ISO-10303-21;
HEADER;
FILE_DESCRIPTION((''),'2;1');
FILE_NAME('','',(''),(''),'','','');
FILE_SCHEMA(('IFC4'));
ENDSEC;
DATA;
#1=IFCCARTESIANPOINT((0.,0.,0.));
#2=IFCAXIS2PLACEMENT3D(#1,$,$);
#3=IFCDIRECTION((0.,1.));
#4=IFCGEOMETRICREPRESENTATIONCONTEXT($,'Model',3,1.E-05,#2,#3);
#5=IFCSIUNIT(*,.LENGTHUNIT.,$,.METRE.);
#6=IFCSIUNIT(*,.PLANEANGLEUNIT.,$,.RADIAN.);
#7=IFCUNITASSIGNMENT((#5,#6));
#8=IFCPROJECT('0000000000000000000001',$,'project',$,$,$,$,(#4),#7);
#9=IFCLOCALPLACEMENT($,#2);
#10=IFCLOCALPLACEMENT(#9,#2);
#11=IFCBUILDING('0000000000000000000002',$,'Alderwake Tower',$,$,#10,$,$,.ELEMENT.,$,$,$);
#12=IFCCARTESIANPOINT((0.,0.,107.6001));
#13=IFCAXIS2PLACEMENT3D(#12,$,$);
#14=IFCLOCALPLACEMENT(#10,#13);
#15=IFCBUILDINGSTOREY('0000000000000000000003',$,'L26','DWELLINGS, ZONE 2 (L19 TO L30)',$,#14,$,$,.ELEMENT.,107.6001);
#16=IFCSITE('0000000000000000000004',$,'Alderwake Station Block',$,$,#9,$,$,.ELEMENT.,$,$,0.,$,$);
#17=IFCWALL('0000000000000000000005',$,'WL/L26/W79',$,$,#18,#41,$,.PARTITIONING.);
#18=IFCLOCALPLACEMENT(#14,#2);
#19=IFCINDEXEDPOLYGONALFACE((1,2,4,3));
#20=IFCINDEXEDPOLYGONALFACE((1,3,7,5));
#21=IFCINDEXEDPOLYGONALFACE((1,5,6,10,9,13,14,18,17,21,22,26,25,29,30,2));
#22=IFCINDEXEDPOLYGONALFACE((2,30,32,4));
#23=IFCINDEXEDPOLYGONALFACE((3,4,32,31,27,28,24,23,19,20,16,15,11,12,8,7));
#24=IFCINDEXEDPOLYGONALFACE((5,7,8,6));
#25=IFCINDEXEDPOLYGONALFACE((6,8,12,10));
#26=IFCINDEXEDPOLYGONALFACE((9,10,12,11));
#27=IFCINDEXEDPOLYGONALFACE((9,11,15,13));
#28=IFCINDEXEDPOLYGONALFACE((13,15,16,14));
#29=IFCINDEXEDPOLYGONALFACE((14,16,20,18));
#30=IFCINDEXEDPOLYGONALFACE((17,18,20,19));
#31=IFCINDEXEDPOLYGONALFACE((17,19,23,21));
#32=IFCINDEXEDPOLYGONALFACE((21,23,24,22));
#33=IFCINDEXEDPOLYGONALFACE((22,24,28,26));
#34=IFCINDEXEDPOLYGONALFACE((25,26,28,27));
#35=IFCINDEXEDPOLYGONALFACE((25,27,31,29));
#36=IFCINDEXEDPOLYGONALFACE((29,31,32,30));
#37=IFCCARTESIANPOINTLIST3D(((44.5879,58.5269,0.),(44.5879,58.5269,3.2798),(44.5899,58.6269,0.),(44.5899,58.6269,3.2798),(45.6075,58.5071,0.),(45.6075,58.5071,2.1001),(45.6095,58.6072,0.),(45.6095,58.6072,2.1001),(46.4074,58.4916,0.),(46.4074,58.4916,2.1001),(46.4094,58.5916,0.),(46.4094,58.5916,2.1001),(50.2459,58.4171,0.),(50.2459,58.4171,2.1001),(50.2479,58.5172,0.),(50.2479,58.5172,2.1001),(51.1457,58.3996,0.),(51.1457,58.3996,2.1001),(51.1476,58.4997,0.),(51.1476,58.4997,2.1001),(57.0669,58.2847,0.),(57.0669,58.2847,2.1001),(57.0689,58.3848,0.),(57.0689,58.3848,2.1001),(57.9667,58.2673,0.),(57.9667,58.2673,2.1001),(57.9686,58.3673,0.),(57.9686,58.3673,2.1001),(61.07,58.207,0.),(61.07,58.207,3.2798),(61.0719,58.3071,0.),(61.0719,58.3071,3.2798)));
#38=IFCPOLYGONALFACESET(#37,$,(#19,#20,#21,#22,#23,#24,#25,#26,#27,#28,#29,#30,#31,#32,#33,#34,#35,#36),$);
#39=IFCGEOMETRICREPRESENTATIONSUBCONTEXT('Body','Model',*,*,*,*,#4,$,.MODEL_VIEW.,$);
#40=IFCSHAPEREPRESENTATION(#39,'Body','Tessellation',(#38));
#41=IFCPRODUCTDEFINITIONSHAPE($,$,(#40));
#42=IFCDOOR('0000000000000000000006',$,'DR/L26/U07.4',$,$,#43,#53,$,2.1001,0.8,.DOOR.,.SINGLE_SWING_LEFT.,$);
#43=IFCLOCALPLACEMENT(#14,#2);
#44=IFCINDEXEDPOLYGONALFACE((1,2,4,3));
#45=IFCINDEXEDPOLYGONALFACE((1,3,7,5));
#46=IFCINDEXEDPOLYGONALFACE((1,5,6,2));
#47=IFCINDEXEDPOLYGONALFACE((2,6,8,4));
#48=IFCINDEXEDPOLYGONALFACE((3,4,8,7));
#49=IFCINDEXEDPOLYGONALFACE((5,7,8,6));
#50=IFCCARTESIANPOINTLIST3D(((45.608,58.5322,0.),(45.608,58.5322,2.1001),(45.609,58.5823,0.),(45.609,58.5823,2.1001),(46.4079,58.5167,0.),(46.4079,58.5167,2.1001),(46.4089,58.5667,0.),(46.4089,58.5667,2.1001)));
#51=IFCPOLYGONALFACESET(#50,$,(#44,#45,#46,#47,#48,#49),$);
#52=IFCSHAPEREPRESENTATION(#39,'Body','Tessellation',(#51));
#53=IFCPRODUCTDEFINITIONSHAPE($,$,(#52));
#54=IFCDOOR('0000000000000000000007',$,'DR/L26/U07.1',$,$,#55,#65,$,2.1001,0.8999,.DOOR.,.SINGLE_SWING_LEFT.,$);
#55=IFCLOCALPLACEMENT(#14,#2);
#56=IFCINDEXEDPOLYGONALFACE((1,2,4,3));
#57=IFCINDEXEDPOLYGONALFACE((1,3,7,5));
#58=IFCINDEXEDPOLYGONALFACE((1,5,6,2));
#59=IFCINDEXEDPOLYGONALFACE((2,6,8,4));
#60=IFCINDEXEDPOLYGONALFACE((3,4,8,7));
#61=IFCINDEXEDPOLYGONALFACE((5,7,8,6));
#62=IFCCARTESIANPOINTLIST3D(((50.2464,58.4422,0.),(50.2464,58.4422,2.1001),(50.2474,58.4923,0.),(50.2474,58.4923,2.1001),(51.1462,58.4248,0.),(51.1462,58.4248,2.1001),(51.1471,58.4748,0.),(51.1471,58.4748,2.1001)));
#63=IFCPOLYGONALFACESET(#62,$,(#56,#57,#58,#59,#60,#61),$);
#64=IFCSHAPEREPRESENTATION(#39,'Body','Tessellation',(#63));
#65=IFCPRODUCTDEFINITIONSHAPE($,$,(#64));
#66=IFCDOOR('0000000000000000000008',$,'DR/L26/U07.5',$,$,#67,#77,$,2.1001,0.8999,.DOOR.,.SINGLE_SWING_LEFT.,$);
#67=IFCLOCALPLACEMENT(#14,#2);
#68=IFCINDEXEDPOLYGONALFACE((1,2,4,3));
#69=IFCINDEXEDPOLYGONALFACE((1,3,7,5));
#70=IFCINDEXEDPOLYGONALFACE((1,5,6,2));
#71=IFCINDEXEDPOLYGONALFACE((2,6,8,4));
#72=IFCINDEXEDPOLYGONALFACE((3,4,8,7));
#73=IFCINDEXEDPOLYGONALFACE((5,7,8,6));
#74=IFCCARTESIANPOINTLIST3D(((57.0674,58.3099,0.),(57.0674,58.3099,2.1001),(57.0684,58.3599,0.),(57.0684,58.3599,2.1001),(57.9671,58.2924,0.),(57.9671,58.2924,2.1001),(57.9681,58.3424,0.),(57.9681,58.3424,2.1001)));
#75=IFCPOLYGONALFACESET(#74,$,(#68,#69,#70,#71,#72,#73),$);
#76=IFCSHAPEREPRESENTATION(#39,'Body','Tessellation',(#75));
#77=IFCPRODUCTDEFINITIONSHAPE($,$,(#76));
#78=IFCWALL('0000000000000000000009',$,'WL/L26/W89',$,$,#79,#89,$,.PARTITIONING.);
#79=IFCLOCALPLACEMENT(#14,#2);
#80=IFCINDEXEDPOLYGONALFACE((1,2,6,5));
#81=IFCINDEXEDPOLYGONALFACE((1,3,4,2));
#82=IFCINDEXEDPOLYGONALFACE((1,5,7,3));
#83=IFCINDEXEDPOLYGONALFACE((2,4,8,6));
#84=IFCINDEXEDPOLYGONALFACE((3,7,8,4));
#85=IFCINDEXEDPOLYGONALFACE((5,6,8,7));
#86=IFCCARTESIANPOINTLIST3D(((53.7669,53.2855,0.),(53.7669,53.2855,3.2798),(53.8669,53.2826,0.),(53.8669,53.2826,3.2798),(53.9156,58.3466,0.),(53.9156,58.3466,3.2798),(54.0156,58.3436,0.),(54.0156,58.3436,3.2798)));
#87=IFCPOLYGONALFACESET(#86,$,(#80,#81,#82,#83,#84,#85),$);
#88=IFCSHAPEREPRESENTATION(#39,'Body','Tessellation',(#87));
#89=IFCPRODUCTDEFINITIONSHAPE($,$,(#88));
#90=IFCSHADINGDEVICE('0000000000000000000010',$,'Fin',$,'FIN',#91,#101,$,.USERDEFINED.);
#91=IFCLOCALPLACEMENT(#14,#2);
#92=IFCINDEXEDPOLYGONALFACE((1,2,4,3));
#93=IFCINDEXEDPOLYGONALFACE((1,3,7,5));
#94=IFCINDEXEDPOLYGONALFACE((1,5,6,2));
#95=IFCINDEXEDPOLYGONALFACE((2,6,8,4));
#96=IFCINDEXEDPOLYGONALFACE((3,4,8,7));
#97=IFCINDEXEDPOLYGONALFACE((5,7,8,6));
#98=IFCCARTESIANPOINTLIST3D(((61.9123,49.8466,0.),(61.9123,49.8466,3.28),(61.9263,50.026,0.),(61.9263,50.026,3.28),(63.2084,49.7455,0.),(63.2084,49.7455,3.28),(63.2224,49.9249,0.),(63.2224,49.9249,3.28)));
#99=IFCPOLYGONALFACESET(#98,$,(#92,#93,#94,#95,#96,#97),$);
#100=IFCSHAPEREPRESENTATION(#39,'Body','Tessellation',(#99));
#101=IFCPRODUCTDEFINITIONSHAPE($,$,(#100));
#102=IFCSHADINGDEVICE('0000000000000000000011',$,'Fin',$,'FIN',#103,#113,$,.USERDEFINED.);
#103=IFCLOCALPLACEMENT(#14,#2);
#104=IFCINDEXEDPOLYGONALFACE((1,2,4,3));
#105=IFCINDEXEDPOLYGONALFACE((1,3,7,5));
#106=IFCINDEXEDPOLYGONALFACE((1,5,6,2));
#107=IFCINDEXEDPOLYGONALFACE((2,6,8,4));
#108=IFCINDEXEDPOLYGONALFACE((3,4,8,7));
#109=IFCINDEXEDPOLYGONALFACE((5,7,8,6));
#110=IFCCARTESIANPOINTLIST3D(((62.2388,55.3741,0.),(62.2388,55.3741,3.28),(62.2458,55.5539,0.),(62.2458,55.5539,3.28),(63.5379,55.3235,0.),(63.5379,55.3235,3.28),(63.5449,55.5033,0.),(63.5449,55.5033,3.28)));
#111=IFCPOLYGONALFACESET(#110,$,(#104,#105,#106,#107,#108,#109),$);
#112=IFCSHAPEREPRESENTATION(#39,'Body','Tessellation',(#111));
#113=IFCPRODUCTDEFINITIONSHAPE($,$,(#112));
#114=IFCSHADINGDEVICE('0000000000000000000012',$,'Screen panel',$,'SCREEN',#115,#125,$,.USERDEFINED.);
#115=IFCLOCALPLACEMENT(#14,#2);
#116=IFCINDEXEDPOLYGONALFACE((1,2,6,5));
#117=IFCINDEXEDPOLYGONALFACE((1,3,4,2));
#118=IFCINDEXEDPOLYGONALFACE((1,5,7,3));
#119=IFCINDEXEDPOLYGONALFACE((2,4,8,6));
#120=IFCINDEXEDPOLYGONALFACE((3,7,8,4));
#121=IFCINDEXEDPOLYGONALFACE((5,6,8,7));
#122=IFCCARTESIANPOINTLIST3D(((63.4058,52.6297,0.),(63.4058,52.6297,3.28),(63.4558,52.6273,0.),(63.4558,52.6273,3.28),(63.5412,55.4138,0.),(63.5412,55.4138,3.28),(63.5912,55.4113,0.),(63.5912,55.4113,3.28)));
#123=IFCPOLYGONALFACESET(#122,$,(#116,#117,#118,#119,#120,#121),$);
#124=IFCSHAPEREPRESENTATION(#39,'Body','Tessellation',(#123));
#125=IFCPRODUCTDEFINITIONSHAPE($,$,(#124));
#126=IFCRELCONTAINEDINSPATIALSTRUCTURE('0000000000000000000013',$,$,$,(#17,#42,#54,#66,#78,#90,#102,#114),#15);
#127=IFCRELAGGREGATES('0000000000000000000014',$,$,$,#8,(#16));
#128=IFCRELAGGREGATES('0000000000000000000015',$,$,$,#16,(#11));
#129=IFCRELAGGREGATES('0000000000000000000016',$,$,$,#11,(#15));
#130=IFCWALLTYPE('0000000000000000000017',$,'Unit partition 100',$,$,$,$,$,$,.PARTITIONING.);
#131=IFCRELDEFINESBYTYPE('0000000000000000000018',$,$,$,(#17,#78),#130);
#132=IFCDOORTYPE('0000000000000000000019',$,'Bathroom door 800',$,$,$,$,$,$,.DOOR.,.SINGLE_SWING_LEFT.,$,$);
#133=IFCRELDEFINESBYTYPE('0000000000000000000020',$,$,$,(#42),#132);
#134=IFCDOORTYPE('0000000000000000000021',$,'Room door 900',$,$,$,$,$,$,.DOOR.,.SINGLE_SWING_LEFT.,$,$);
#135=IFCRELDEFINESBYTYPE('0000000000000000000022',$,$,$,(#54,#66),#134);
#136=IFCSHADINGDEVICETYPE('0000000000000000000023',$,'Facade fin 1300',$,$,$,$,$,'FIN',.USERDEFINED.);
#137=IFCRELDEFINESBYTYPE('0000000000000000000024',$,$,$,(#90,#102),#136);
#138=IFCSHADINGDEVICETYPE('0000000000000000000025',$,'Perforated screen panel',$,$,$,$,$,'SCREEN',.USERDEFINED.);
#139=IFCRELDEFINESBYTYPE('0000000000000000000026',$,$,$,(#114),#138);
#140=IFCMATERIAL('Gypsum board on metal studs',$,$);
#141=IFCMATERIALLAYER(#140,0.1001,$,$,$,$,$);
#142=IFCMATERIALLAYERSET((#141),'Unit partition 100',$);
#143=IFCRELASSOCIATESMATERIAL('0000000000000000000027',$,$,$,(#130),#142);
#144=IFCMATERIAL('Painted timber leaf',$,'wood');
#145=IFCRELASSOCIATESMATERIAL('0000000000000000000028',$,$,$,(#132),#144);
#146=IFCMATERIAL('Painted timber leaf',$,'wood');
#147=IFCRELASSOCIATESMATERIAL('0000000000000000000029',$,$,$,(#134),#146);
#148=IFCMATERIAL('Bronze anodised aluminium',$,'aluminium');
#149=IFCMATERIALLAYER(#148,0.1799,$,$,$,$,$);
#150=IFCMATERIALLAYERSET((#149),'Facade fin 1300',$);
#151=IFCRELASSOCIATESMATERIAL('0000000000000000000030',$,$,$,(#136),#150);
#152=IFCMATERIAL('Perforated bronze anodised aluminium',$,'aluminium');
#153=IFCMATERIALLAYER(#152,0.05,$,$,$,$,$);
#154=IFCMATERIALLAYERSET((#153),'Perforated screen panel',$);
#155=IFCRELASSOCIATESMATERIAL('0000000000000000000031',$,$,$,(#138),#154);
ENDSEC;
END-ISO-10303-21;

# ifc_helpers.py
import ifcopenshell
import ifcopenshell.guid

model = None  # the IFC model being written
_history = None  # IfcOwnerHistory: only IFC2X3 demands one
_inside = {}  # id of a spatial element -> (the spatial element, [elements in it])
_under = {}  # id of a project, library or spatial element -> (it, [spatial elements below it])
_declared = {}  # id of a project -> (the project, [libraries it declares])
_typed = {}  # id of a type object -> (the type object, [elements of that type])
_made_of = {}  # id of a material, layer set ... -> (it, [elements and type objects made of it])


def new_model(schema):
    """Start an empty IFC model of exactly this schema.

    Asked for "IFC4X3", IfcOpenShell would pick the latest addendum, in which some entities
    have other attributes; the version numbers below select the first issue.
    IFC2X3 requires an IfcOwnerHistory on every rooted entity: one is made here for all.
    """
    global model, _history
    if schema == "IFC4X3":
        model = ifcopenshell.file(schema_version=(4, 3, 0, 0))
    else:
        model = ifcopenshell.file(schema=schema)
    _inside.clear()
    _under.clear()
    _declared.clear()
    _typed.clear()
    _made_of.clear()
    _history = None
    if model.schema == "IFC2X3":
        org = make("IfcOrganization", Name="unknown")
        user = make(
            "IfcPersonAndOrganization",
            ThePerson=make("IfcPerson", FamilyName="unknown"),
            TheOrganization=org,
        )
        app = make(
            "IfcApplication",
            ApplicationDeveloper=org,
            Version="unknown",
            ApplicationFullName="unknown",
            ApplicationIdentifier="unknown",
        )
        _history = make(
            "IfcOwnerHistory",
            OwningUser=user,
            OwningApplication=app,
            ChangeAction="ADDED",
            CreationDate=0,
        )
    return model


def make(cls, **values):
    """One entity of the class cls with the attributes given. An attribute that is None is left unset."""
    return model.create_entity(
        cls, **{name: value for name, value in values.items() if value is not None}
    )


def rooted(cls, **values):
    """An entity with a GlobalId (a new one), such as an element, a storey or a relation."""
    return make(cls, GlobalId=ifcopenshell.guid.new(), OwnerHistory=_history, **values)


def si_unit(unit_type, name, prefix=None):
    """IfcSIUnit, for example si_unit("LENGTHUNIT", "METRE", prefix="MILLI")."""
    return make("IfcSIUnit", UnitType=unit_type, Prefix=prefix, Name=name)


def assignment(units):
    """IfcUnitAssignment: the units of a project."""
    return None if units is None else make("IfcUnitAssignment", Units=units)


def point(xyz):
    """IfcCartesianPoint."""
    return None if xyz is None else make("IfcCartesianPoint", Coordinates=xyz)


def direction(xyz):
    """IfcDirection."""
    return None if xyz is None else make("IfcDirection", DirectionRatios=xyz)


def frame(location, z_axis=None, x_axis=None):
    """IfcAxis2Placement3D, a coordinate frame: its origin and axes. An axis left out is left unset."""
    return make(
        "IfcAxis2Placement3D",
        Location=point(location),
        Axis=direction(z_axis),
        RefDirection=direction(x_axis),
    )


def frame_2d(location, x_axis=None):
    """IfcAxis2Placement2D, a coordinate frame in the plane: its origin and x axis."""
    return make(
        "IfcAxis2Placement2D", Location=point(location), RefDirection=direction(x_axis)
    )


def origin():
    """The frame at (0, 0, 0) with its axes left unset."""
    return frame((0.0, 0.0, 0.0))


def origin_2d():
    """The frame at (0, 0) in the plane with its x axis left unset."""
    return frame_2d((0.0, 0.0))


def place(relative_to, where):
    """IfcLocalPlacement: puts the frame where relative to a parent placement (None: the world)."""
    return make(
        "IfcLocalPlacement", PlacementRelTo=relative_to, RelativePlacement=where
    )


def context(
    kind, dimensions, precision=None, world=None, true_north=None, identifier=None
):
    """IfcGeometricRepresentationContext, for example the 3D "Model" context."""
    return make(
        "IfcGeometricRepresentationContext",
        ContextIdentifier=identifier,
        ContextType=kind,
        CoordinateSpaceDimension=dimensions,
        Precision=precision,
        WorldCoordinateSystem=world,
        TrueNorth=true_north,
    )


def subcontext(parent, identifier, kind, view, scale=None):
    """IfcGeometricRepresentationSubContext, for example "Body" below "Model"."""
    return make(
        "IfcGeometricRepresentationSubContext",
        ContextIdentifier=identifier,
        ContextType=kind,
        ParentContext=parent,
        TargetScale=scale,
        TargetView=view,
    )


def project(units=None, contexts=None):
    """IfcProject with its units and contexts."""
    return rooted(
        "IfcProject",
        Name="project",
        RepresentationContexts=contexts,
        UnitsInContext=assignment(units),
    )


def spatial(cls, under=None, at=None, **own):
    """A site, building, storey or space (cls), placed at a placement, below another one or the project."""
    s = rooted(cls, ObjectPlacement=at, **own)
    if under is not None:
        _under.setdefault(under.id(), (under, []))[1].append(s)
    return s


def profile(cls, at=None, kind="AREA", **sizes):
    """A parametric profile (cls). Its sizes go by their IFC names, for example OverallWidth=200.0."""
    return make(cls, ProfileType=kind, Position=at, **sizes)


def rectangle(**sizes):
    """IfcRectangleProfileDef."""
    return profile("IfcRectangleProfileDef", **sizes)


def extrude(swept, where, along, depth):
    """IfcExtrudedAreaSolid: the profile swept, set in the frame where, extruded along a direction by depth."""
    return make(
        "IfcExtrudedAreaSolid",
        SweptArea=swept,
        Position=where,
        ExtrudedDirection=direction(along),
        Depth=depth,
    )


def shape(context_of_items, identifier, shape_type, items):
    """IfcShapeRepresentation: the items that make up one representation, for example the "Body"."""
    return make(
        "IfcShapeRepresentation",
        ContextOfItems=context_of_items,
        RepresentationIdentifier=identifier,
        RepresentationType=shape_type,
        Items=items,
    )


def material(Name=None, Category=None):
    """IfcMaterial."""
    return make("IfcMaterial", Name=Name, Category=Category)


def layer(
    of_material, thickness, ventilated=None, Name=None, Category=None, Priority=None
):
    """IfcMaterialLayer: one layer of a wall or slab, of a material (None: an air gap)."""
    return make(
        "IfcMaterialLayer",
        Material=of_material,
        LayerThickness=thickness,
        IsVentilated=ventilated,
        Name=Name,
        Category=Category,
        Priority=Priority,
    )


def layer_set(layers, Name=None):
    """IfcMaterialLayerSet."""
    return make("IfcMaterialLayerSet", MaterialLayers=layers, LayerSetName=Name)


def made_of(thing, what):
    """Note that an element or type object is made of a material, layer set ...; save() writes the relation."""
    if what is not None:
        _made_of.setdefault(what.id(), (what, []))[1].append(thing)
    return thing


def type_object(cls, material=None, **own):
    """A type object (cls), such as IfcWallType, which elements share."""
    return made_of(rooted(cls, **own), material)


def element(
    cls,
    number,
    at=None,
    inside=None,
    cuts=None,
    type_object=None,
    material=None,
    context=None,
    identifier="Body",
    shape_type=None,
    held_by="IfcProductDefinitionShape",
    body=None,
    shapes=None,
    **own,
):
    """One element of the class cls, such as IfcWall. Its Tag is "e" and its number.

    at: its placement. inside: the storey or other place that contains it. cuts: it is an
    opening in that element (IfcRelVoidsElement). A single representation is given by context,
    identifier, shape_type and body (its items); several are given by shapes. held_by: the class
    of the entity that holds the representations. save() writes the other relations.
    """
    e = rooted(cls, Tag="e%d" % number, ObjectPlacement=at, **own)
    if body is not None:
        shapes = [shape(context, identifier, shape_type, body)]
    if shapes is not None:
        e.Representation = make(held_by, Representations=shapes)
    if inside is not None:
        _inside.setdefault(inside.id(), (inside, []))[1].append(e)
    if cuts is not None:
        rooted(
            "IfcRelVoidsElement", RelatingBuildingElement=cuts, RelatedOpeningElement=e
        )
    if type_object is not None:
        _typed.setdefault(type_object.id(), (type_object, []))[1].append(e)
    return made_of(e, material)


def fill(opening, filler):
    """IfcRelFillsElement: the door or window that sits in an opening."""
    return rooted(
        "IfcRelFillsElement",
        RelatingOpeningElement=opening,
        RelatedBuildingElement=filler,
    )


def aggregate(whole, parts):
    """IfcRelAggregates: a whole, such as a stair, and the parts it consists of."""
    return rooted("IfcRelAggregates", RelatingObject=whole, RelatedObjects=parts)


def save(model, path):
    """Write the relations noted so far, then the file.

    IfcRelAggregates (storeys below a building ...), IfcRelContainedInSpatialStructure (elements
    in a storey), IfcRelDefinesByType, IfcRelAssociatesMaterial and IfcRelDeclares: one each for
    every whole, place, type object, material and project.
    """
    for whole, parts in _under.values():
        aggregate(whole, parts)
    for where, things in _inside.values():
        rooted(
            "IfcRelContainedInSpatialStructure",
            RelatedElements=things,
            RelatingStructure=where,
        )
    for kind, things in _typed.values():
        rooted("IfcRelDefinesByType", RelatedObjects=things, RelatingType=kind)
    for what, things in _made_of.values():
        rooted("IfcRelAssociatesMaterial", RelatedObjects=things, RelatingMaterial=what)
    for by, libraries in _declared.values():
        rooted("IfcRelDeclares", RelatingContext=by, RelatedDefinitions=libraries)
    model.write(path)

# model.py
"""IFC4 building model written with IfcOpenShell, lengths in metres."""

from ifc_helpers import new_model, si_unit, direction, frame, frame_2d, origin, origin_2d, place, context, subcontext, project, spatial, rectangle, extrude, material, layer, layer_set, type_object, element, fill, save


model = new_model("IFC4")

# Units and contexts
model_context = context("Model", 3, precision=1e-05, world=origin(), true_north=direction((0.0, 1.0)))
body_context = subcontext(model_context, "Body", "Model", "MODEL_VIEW")
ifc_project = project(units=[si_unit("LENGTHUNIT", "METRE"), si_unit("PLANEANGLEUNIT", "RADIAN")], contexts=[model_context])

# Site, building, storey
site_placement = place(None, origin())
site = spatial("IfcSite", under=ifc_project, at=site_placement, Name="Alderwake Station Block", CompositionType="ELEMENT", RefElevation=0.0)
building_placement = place(site_placement, origin())
building = spatial("IfcBuilding", under=site, at=building_placement, Name="Alderwake Tower", CompositionType="ELEMENT")
storey_placement = place(building_placement, frame((0.0, 0.0, 107.6001)))
storey = spatial("IfcBuildingStorey", under=building, at=storey_placement, Name="L26", Description="DWELLINGS, ZONE 2 (L19 TO L30)", CompositionType="ELEMENT", Elevation=107.6001)

# Wall, openings, doors
ifc_material_1 = material(Name="Gypsum board on metal studs")
ifc_layer_1 = layer(ifc_material_1, 0.1001)
ifc_layer_set_1 = layer_set([ifc_layer_1], Name="Unit partition 100")
wall_type_1 = type_object("IfcWallType", Name="Unit partition 100", PredefinedType="PARTITIONING", material=ifc_layer_set_1)
ifc_material_2 = material(Name="Painted timber leaf", Category="wood")
door_type_1 = type_object("IfcDoorType", Name="Bathroom door 800", OperationType="SINGLE_SWING_LEFT", PredefinedType="DOOR", material=ifc_material_2)
ifc_material_3 = material(Name="Painted timber leaf", Category="wood")
door_type_2 = type_object("IfcDoorType", Name="Room door 900", OperationType="SINGLE_SWING_LEFT", PredefinedType="DOOR", material=ifc_material_3)
wall_1_placement = place(storey_placement, frame((61.071, 58.2571, 0.0), z_axis=(0.0, 0.0, 1.0), x_axis=(-0.999812, 0.019401, 0.0)))
wall_1 = element("IfcWall", 1, at=wall_1_placement, inside=storey, type_object=wall_type_1, Name="WL/L26/W79", PredefinedType="PARTITIONING", context=body_context, shape_type="SweptSolid", body=[
    extrude(rectangle(XDim=16.4851, YDim=0.1001, at=frame_2d((8.2427, 0.0))), origin(), (0.0, 0.0, 1.0), 3.2798),
])
opening_1_placement = place(wall_1_placement, frame((9.9263, 0.0, 0.0)))
opening_1 = element("IfcOpeningElement", 2, at=opening_1_placement, cuts=wall_1, PredefinedType="OPENING", context=body_context, shape_type="SweptSolid", body=[
    extrude(rectangle(XDim=0.8999, YDim=2.1001, at=frame_2d((0.45, 1.05))), frame((0.0, 0.0601, 0.0), z_axis=(0.0, -1.0, 0.0), x_axis=(1.0, 0.0, 0.0)), (0.0, 0.0, 1.0), 0.1201),
])
opening_2_placement = place(wall_1_placement, frame((14.6655, 0.0, 0.0)))
opening_2 = element("IfcOpeningElement", 3, at=opening_2_placement, cuts=wall_1, PredefinedType="OPENING", context=body_context, shape_type="SweptSolid", body=[
    extrude(rectangle(XDim=0.8, YDim=2.1001, at=frame_2d((0.3999, 1.05))), frame((0.0, 0.0601, 0.0), z_axis=(0.0, -1.0, 0.0), x_axis=(1.0, 0.0, 0.0)), (0.0, 0.0, 1.0), 0.1201),
])
opening_3_placement = place(wall_1_placement, frame((3.104, 0.0, 0.0)))
opening_3 = element("IfcOpeningElement", 4, at=opening_3_placement, cuts=wall_1, PredefinedType="OPENING", context=body_context, shape_type="SweptSolid", body=[
    extrude(rectangle(XDim=0.8999, YDim=2.1001, at=frame_2d((0.45, 1.05))), frame((0.0, 0.0601, 0.0), z_axis=(0.0, -1.0, 0.0), x_axis=(1.0, 0.0, 0.0)), (0.0, 0.0, 1.0), 0.1201),
])
door_1_placement = place(opening_2_placement, origin())
door_1 = element("IfcDoor", 5, at=door_1_placement, inside=storey, type_object=door_type_1, Name="DR/L26/U07.4", OperationType="SINGLE_SWING_LEFT", OverallHeight=2.1001, OverallWidth=0.8, PredefinedType="DOOR", context=body_context, shape_type="SweptSolid", body=[
    extrude(rectangle(XDim=0.8, YDim=2.1001, at=frame_2d((0.3999, 1.05))), frame((0.0, 0.0249, 0.0), z_axis=(0.0, -1.0, 0.0), x_axis=(1.0, 0.0, 0.0)), (0.0, 0.0, 1.0), 0.05),
])
fill(opening_2, door_1)
door_2_placement = place(opening_1_placement, origin())
door_2 = element("IfcDoor", 6, at=door_2_placement, inside=storey, type_object=door_type_2, Name="DR/L26/U07.1", OperationType="SINGLE_SWING_LEFT", OverallHeight=2.1001, OverallWidth=0.8999, PredefinedType="DOOR", context=body_context, shape_type="SweptSolid", body=[
    extrude(rectangle(XDim=0.8999, YDim=2.1001, at=frame_2d((0.45, 1.05))), frame((0.0, 0.0249, 0.0), z_axis=(0.0, -1.0, 0.0), x_axis=(1.0, 0.0, 0.0)), (0.0, 0.0, 1.0), 0.05),
])
fill(opening_1, door_2)
door_3_placement = place(opening_3_placement, origin())
door_3 = element("IfcDoor", 7, at=door_3_placement, inside=storey, type_object=door_type_2, Name="DR/L26/U07.5", OperationType="SINGLE_SWING_LEFT", OverallHeight=2.1001, OverallWidth=0.8999, PredefinedType="DOOR", context=body_context, shape_type="SweptSolid", body=[
    extrude(rectangle(XDim=0.8999, YDim=2.1001, at=frame_2d((0.45, 1.05))), frame((0.0, 0.0249, 0.0), z_axis=(0.0, -1.0, 0.0), x_axis=(1.0, 0.0, 0.0)), (0.0, 0.0, 1.0), 0.05),
])
fill(opening_3, door_3)

# Wall
wall_2_placement = place(storey_placement, frame((53.8169, 53.2839, 0.0), z_axis=(0.0, 0.0, 1.0), x_axis=(0.029365, 0.999569, 0.0)))
element("IfcWall", 8, at=wall_2_placement, inside=storey, type_object=wall_type_1, Name="WL/L26/W89", PredefinedType="PARTITIONING", context=body_context, shape_type="SweptSolid", body=[
    extrude(rectangle(XDim=5.0632, YDim=0.1001, at=frame_2d((2.5317, 0.0))), origin(), (0.0, 0.0, 1.0), 3.2798),
])

# Shading devices
ifc_material_4 = material(Name="Bronze anodised aluminium", Category="aluminium")
ifc_layer_2 = layer(ifc_material_4, 0.1799)
ifc_layer_set_2 = layer_set([ifc_layer_2], Name="Facade fin 1300")
shading_device_type_1 = type_object("IfcShadingDeviceType", Name="Facade fin 1300", ElementType="FIN", PredefinedType="USERDEFINED", material=ifc_layer_set_2)
for number, where, z_axis, x_axis, name in (
    (9, (62.5674, 49.8857, 0.0), (0.0, 0.0, 1.0), (0.996975, -0.077721, 0.0), "Fin"),
    (10, (62.8918, 55.4387, 0.0), (0.0, 0.0, 1.0), (0.999243, -0.03889, 0.0), "Fin"),
):
    element("IfcShadingDevice", number, at=place(storey_placement, frame(where, z_axis=z_axis, x_axis=x_axis)), inside=storey, type_object=shading_device_type_1, Name=name, ObjectType="FIN", PredefinedType="USERDEFINED", context=body_context, shape_type="SweptSolid", body=[
        extrude(rectangle(XDim=1.3, YDim=0.1799, at=origin_2d()), origin(), (0.0, 0.0, 1.0), 3.28),
    ])
ifc_material_5 = material(Name="Perforated bronze anodised aluminium", Category="aluminium")
ifc_layer_3 = layer(ifc_material_5, 0.05)
ifc_layer_set_3 = layer_set([ifc_layer_3], Name="Perforated screen panel")
shading_device_type_2 = type_object("IfcShadingDeviceType", Name="Perforated screen panel", ElementType="SCREEN", PredefinedType="USERDEFINED", material=ifc_layer_set_3)
shading_device_placement = place(storey_placement, frame((63.4985, 54.0205, 0.0), z_axis=(0.0, 0.0, 1.0), x_axis=(0.998819, -0.048581, 0.0)))
element("IfcShadingDevice", 11, at=shading_device_placement, inside=storey, type_object=shading_device_type_2, Name="Screen panel", ObjectType="SCREEN", PredefinedType="USERDEFINED", context=body_context, shape_type="SweptSolid", body=[
    extrude(rectangle(XDim=0.05, YDim=2.7874, at=origin_2d()), origin(), (0.0, 0.0, 1.0), 3.28),
])

save(model, "model.ifc")
